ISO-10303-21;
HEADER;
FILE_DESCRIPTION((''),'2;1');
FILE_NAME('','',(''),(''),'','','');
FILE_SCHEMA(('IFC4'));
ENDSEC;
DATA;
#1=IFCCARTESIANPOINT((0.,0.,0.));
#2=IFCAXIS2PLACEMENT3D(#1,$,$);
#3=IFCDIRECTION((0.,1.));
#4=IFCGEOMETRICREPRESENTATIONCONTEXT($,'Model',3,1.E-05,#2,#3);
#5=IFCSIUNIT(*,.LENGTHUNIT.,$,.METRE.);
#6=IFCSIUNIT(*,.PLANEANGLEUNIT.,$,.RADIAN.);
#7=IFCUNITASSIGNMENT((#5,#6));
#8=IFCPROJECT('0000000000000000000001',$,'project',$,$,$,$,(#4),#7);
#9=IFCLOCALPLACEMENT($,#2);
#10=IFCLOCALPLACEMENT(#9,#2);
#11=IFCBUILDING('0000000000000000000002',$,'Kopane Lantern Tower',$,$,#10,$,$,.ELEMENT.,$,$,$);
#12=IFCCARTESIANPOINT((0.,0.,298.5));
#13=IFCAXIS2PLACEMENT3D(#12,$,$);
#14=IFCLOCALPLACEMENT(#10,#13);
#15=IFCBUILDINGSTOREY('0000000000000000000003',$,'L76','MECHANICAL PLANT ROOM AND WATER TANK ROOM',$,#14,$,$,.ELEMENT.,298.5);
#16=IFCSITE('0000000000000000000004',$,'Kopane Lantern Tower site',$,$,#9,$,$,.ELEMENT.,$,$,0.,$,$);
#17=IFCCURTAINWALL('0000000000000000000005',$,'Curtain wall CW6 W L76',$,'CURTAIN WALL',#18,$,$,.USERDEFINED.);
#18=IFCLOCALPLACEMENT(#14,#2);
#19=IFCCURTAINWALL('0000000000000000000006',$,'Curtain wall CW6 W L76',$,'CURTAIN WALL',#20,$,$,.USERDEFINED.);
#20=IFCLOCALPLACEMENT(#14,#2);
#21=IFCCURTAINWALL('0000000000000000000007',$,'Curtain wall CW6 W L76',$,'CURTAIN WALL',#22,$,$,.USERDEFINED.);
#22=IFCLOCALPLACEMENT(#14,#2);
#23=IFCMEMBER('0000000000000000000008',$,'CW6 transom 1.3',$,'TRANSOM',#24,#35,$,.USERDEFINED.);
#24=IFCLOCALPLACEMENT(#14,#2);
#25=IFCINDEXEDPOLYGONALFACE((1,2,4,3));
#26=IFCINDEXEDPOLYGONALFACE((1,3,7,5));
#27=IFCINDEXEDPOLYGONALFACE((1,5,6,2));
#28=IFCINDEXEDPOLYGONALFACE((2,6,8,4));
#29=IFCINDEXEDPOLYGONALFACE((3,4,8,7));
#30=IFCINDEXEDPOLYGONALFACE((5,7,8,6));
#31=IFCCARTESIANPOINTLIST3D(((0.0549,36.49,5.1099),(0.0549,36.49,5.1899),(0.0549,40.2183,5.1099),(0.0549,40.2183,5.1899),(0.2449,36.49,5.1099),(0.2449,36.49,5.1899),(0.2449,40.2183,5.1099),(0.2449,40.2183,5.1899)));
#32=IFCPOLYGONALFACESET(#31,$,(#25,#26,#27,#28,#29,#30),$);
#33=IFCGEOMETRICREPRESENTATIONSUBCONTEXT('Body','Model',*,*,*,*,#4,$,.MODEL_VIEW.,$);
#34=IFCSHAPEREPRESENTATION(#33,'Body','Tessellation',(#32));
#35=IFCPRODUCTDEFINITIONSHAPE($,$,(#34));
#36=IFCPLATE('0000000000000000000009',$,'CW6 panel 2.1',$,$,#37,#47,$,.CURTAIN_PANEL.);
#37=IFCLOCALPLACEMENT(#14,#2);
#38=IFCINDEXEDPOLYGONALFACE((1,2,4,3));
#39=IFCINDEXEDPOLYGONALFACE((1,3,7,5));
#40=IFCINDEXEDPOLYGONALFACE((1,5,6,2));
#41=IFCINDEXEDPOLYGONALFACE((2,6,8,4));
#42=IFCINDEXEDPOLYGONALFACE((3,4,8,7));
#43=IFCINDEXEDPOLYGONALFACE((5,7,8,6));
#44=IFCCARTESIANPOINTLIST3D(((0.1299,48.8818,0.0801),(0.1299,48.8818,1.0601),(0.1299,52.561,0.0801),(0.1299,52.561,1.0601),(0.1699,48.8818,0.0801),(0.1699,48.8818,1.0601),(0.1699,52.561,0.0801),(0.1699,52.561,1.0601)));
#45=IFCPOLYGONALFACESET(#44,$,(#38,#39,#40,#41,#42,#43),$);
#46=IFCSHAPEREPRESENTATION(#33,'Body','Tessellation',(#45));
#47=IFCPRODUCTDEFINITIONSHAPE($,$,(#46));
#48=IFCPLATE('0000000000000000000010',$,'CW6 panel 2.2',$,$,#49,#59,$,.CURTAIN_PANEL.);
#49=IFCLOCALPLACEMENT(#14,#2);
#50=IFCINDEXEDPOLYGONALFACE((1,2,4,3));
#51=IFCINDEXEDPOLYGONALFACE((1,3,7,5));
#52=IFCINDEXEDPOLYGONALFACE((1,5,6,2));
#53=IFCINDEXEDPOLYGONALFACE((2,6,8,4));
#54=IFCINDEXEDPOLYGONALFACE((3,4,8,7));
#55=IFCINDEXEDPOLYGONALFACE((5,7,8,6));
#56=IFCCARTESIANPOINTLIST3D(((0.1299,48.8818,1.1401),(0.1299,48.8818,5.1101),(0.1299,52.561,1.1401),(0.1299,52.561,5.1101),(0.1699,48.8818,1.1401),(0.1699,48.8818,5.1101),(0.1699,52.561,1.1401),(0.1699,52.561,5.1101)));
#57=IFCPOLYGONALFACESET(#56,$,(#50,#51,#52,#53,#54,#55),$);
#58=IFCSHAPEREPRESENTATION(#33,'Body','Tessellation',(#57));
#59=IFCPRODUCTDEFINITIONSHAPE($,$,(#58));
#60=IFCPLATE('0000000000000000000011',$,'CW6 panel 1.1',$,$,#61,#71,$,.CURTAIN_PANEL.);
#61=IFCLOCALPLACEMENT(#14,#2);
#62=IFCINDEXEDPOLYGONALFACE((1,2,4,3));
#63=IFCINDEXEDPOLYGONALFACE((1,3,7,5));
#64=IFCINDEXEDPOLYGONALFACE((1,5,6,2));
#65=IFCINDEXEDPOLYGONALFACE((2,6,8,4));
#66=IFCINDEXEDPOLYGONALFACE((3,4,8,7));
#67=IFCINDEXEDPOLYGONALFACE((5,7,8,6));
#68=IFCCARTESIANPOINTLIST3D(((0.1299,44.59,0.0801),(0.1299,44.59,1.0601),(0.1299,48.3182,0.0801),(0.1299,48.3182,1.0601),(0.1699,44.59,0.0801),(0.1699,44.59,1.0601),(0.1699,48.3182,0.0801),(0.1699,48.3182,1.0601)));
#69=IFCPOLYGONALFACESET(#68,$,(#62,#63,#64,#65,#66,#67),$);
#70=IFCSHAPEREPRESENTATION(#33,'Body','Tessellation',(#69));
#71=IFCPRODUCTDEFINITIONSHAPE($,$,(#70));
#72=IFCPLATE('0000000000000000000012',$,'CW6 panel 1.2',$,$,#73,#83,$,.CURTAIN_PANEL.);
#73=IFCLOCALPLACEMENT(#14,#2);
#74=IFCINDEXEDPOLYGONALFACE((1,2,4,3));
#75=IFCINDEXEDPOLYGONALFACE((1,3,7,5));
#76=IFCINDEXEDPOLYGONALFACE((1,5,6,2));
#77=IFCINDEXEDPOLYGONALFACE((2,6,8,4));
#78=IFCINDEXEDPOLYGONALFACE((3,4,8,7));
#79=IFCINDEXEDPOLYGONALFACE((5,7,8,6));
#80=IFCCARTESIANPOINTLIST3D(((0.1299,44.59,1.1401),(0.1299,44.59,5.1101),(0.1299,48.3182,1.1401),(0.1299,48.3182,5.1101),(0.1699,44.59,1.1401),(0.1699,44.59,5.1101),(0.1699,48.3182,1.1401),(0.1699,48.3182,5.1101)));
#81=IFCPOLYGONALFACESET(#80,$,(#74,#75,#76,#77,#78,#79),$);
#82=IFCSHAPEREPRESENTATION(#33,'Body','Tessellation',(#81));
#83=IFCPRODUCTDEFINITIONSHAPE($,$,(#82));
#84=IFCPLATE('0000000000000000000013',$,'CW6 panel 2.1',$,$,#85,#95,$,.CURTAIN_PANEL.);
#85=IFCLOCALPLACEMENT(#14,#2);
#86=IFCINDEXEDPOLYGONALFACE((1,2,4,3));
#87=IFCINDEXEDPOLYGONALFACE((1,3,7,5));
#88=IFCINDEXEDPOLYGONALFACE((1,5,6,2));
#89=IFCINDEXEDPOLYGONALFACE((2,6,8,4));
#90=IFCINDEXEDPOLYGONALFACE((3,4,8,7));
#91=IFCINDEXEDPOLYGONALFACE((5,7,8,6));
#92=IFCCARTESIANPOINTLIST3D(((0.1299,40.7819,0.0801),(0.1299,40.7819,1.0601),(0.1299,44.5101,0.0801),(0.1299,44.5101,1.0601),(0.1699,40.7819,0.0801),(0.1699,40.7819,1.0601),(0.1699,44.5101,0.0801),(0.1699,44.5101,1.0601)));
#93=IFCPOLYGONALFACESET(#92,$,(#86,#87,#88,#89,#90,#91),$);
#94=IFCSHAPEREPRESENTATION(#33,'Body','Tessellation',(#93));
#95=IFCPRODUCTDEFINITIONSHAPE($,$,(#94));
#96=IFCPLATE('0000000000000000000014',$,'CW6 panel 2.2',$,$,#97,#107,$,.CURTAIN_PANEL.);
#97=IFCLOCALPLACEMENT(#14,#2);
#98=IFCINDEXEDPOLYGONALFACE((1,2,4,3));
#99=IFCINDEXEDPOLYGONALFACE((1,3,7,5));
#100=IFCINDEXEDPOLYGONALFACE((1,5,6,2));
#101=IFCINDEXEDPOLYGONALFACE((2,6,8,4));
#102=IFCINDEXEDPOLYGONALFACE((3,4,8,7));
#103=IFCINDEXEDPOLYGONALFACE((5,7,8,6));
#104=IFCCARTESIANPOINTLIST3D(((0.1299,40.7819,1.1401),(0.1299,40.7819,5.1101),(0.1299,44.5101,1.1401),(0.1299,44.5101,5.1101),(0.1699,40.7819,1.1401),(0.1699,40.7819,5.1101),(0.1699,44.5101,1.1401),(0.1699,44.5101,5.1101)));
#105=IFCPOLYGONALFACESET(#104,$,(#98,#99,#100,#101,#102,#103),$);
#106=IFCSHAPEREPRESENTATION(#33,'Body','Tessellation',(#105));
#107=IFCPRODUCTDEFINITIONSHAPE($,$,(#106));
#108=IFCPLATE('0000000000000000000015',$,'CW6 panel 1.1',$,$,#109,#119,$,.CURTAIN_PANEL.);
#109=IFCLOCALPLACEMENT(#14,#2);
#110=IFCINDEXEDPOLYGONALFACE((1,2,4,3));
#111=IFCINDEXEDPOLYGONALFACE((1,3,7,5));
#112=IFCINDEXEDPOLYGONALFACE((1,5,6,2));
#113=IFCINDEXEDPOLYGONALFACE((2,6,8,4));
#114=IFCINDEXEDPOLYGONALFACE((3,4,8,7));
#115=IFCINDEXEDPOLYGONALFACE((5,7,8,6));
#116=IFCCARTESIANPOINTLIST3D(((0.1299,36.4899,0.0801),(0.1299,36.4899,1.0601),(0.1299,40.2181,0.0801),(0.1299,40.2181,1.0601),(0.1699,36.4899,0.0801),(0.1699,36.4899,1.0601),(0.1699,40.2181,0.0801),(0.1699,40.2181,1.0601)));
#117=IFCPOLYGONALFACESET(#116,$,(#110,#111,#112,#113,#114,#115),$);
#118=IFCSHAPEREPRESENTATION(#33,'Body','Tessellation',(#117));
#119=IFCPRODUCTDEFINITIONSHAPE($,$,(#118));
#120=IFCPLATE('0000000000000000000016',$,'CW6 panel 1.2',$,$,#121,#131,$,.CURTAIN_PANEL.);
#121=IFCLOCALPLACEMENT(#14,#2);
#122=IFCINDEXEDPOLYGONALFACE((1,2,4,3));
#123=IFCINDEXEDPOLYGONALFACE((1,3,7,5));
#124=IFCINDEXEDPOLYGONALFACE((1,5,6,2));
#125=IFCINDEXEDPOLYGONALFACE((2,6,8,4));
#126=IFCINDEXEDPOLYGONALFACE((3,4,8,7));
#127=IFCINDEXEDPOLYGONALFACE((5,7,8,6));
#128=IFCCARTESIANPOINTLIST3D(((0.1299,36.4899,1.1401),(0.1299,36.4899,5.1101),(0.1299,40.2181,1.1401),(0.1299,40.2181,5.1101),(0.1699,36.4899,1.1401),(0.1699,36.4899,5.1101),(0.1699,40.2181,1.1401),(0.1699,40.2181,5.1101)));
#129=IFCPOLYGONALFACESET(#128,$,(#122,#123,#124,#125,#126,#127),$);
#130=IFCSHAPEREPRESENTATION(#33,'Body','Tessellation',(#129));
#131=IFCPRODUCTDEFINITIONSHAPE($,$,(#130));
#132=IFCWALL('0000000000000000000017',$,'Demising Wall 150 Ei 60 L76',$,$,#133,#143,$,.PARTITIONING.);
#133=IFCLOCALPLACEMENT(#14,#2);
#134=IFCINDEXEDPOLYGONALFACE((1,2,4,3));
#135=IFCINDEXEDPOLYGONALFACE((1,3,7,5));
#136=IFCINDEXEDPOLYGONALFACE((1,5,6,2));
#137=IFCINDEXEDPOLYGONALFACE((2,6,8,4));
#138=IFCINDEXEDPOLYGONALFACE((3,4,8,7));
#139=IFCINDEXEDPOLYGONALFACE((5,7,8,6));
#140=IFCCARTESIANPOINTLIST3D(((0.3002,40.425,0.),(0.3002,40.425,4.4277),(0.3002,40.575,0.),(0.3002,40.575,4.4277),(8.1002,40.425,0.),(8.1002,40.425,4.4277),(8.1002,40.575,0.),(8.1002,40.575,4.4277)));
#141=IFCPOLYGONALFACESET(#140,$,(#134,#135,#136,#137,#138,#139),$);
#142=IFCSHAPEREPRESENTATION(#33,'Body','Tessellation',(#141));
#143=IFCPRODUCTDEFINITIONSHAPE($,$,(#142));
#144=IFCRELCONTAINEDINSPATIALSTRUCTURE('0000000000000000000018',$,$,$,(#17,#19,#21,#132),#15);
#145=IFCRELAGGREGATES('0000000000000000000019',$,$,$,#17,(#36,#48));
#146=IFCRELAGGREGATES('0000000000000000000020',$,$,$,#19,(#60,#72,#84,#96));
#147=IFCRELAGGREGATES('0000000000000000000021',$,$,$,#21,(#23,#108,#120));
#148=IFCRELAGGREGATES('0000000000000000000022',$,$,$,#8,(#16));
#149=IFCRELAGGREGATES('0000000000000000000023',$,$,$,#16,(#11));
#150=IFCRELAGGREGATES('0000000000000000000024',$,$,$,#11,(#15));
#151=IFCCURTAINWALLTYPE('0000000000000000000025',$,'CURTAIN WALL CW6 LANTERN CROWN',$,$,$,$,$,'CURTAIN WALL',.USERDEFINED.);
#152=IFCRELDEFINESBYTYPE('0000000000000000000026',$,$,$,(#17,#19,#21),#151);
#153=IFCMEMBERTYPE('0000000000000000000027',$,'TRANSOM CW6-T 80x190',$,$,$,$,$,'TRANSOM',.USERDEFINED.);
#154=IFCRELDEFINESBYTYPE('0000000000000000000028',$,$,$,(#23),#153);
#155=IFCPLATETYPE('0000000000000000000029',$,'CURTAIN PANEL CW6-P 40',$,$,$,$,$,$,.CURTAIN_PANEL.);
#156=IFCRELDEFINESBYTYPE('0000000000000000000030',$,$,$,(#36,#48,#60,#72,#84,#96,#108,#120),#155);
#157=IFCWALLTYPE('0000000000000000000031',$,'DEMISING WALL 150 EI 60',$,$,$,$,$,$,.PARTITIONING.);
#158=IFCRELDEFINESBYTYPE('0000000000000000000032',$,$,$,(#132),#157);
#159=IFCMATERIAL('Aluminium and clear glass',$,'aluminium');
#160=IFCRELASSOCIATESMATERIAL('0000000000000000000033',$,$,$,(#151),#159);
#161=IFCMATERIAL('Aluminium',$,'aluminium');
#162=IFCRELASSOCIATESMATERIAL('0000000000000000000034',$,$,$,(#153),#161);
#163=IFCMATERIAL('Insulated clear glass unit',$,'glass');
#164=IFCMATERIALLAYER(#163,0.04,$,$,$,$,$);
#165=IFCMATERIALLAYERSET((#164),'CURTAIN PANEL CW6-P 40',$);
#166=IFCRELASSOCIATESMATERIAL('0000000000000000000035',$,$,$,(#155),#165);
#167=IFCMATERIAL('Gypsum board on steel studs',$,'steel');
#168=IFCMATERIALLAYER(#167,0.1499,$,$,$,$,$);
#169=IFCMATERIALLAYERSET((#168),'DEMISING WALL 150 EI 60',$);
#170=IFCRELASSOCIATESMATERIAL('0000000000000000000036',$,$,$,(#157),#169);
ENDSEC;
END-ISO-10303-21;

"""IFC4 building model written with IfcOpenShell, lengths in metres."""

from ifc_helpers import new_model, si_unit, direction, frame, frame_2d, origin, origin_2d, place, context, subcontext, project, spatial, rectangle, extrude, material, layer, layer_set, material_profile, profile_set, type_object, element, aggregate, save


model = new_model("IFC4")

# Units and contexts
model_context = context("Model", 3, precision=1e-05, world=origin(), true_north=direction((0.0, 1.0)))
body_context = subcontext(model_context, "Body", "Model", "MODEL_VIEW")
ifc_project = project(units=[si_unit("LENGTHUNIT", "METRE"), si_unit("PLANEANGLEUNIT", "RADIAN")], contexts=[model_context])

# Site, building, storey
site_placement = place(None, origin())
site = spatial("IfcSite", under=ifc_project, at=site_placement, Name="Kopane Lantern Tower site", CompositionType="ELEMENT", RefElevation=0.0)
building_placement = place(site_placement, origin())
building = spatial("IfcBuilding", under=site, at=building_placement, Name="Kopane Lantern Tower", CompositionType="ELEMENT")
storey_placement = place(building_placement, frame((0.0, 0.0, 298.5)))
storey = spatial("IfcBuildingStorey", under=building, at=storey_placement, Name="L76", Description="MECHANICAL PLANT ROOM AND WATER TANK ROOM", CompositionType="ELEMENT", Elevation=298.5)

# Curtain wall
ifc_material_1 = material(Name="Aluminium and clear glass", Category="aluminium")
curtain_wall_type = type_object("IfcCurtainWallType", Name="CURTAIN WALL CW6 LANTERN CROWN", ElementType="CURTAIN WALL", PredefinedType="USERDEFINED", material=ifc_material_1)
curtain_wall_1_placement = place(storey_placement, origin())
curtain_wall_1 = element("IfcCurtainWall", 1, at=curtain_wall_1_placement, inside=storey, type_object=curtain_wall_type, Name="Curtain wall CW6 W L76", ObjectType="CURTAIN WALL", PredefinedType="USERDEFINED")

# Curtain wall
curtain_wall_2_placement = place(storey_placement, origin())
curtain_wall_2 = element("IfcCurtainWall", 2, at=curtain_wall_2_placement, inside=storey, type_object=curtain_wall_type, Name="Curtain wall CW6 W L76", ObjectType="CURTAIN WALL", PredefinedType="USERDEFINED")

# Curtain wall
curtain_wall_3_placement = place(storey_placement, origin())
curtain_wall_3 = element("IfcCurtainWall", 3, at=curtain_wall_3_placement, inside=storey, type_object=curtain_wall_type, Name="Curtain wall CW6 W L76", ObjectType="CURTAIN WALL", PredefinedType="USERDEFINED")

# Member
ifc_material_2 = material(Name="Aluminium", Category="aluminium")
ifc_material_profile_1 = material_profile(ifc_material_2, rectangle(XDim=0.1899, YDim=0.0801, at=origin_2d()), Name="AL 190x80")
ifc_profile_set_1 = profile_set([ifc_material_profile_1], Name="Aluminium")
member_type_1 = type_object("IfcMemberType", Name="TRANSOM CW6-T 80x190", ElementType="TRANSOM", PredefinedType="USERDEFINED", material=ifc_profile_set_1)
member_1_placement = place(storey_placement, frame((0.1499, 40.2183, 5.1499), z_axis=(0.0, -1.0, 0.0), x_axis=(1.0, 0.0, 0.0)))
member_1 = element("IfcMember", 4, at=member_1_placement, type_object=member_type_1, Name="CW6 transom 1.3", ObjectType="TRANSOM", PredefinedType="USERDEFINED", context=body_context, shape_type="SweptSolid", body=[
    extrude(rectangle(XDim=0.1899, YDim=0.0801, at=origin_2d()), origin(), (0.0, 0.0, 1.0), 3.7283),
])

# Plates
ifc_material_3 = material(Name="Insulated clear glass unit", Category="glass")
ifc_layer_1 = layer(ifc_material_3, 0.04)
ifc_layer_set_1 = layer_set([ifc_layer_1], Name="CURTAIN PANEL CW6-P 40")
plate_type = type_object("IfcPlateType", Name="CURTAIN PANEL CW6-P 40", PredefinedType="CURTAIN_PANEL", material=ifc_layer_set_1)
plate_1_placement = place(storey_placement, frame((0.1499, 50.7214, 0.0801), z_axis=(0.0, 0.0, 1.0), x_axis=(0.0, -1.0, 0.0)))
plate_1 = element("IfcPlate", 5, at=plate_1_placement, type_object=plate_type, Name="CW6 panel 2.1", PredefinedType="CURTAIN_PANEL", context=body_context, shape_type="SweptSolid", body=[
    extrude(rectangle(XDim=3.6792, YDim=0.04, at=origin_2d()), origin(), (0.0, 0.0, 1.0), 0.98),
])
plate_2_placement = place(storey_placement, frame((0.1499, 50.7214, 1.1401), z_axis=(0.0, 0.0, 1.0), x_axis=(0.0, -1.0, 0.0)))
plate_2 = element("IfcPlate", 6, at=plate_2_placement, type_object=plate_type, Name="CW6 panel 2.2", PredefinedType="CURTAIN_PANEL", context=body_context, shape_type="SweptSolid", body=[
    extrude(rectangle(XDim=3.6792, YDim=0.04, at=origin_2d()), origin(), (0.0, 0.0, 1.0), 3.97),
])
aggregate(curtain_wall_1, [plate_1, plate_2])
plate_3_placement = place(storey_placement, frame((0.1499, 46.4541, 0.0801), z_axis=(0.0, 0.0, 1.0), x_axis=(0.0, -1.0, 0.0)))
plate_3 = element("IfcPlate", 7, at=plate_3_placement, type_object=plate_type, Name="CW6 panel 1.1", PredefinedType="CURTAIN_PANEL", context=body_context, shape_type="SweptSolid", body=[
    extrude(rectangle(XDim=3.7283, YDim=0.04, at=origin_2d()), origin(), (0.0, 0.0, 1.0), 0.98),
])
plate_4_placement = place(storey_placement, frame((0.1499, 46.4541, 1.1401), z_axis=(0.0, 0.0, 1.0), x_axis=(0.0, -1.0, 0.0)))
plate_4 = element("IfcPlate", 8, at=plate_4_placement, type_object=plate_type, Name="CW6 panel 1.2", PredefinedType="CURTAIN_PANEL", context=body_context, shape_type="SweptSolid", body=[
    extrude(rectangle(XDim=3.7283, YDim=0.04, at=origin_2d()), origin(), (0.0, 0.0, 1.0), 3.97),
])
plate_5_placement = place(storey_placement, frame((0.1499, 42.646, 0.0801), z_axis=(0.0, 0.0, 1.0), x_axis=(0.0, -1.0, 0.0)))
plate_5 = element("IfcPlate", 9, at=plate_5_placement, type_object=plate_type, Name="CW6 panel 2.1", PredefinedType="CURTAIN_PANEL", context=body_context, shape_type="SweptSolid", body=[
    extrude(rectangle(XDim=3.7283, YDim=0.04, at=origin_2d()), origin(), (0.0, 0.0, 1.0), 0.98),
])
plate_6_placement = place(storey_placement, frame((0.1499, 42.646, 1.1401), z_axis=(0.0, 0.0, 1.0), x_axis=(0.0, -1.0, 0.0)))
plate_6 = element("IfcPlate", 10, at=plate_6_placement, type_object=plate_type, Name="CW6 panel 2.2", PredefinedType="CURTAIN_PANEL", context=body_context, shape_type="SweptSolid", body=[
    extrude(rectangle(XDim=3.7283, YDim=0.04, at=origin_2d()), origin(), (0.0, 0.0, 1.0), 3.97),
])
aggregate(curtain_wall_2, [plate_3, plate_4, plate_5, plate_6])
plate_7_placement = place(storey_placement, frame((0.1499, 38.354, 0.0801), z_axis=(0.0, 0.0, 1.0), x_axis=(0.0, -1.0, 0.0)))
plate_7 = element("IfcPlate", 11, at=plate_7_placement, type_object=plate_type, Name="CW6 panel 1.1", PredefinedType="CURTAIN_PANEL", context=body_context, shape_type="SweptSolid", body=[
    extrude(rectangle(XDim=3.7283, YDim=0.04, at=origin_2d()), origin(), (0.0, 0.0, 1.0), 0.98),
])
plate_8_placement = place(storey_placement, frame((0.1499, 38.354, 1.1401), z_axis=(0.0, 0.0, 1.0), x_axis=(0.0, -1.0, 0.0)))
plate_8 = element("IfcPlate", 12, at=plate_8_placement, type_object=plate_type, Name="CW6 panel 1.2", PredefinedType="CURTAIN_PANEL", context=body_context, shape_type="SweptSolid", body=[
    extrude(rectangle(XDim=3.7283, YDim=0.04, at=origin_2d()), origin(), (0.0, 0.0, 1.0), 3.97),
])
aggregate(curtain_wall_3, [member_1, plate_7, plate_8])

# Wall
ifc_material_4 = material(Name="Gypsum board on steel studs", Category="steel")
ifc_layer_2 = layer(ifc_material_4, 0.1499)
ifc_layer_set_2 = layer_set([ifc_layer_2], Name="DEMISING WALL 150 EI 60")
wall_type = type_object("IfcWallType", Name="DEMISING WALL 150 EI 60", PredefinedType="PARTITIONING", material=ifc_layer_set_2)
wall_placement = place(storey_placement, frame((8.1001, 40.5, 0.0), z_axis=(0.0, 0.0, 1.0), x_axis=(-1.0, 0.0, 0.0)))
element("IfcWall", 13, at=wall_placement, inside=storey, type_object=wall_type, Name="Demising Wall 150 Ei 60 L76", PredefinedType="PARTITIONING", context=body_context, shape_type="SweptSolid", body=[
    extrude(rectangle(XDim=7.8, YDim=0.1499, at=frame_2d((3.8999, 0.0))), origin(), (0.0, 0.0, 1.0), 4.4277),
])

save(model, "model.ifc")
